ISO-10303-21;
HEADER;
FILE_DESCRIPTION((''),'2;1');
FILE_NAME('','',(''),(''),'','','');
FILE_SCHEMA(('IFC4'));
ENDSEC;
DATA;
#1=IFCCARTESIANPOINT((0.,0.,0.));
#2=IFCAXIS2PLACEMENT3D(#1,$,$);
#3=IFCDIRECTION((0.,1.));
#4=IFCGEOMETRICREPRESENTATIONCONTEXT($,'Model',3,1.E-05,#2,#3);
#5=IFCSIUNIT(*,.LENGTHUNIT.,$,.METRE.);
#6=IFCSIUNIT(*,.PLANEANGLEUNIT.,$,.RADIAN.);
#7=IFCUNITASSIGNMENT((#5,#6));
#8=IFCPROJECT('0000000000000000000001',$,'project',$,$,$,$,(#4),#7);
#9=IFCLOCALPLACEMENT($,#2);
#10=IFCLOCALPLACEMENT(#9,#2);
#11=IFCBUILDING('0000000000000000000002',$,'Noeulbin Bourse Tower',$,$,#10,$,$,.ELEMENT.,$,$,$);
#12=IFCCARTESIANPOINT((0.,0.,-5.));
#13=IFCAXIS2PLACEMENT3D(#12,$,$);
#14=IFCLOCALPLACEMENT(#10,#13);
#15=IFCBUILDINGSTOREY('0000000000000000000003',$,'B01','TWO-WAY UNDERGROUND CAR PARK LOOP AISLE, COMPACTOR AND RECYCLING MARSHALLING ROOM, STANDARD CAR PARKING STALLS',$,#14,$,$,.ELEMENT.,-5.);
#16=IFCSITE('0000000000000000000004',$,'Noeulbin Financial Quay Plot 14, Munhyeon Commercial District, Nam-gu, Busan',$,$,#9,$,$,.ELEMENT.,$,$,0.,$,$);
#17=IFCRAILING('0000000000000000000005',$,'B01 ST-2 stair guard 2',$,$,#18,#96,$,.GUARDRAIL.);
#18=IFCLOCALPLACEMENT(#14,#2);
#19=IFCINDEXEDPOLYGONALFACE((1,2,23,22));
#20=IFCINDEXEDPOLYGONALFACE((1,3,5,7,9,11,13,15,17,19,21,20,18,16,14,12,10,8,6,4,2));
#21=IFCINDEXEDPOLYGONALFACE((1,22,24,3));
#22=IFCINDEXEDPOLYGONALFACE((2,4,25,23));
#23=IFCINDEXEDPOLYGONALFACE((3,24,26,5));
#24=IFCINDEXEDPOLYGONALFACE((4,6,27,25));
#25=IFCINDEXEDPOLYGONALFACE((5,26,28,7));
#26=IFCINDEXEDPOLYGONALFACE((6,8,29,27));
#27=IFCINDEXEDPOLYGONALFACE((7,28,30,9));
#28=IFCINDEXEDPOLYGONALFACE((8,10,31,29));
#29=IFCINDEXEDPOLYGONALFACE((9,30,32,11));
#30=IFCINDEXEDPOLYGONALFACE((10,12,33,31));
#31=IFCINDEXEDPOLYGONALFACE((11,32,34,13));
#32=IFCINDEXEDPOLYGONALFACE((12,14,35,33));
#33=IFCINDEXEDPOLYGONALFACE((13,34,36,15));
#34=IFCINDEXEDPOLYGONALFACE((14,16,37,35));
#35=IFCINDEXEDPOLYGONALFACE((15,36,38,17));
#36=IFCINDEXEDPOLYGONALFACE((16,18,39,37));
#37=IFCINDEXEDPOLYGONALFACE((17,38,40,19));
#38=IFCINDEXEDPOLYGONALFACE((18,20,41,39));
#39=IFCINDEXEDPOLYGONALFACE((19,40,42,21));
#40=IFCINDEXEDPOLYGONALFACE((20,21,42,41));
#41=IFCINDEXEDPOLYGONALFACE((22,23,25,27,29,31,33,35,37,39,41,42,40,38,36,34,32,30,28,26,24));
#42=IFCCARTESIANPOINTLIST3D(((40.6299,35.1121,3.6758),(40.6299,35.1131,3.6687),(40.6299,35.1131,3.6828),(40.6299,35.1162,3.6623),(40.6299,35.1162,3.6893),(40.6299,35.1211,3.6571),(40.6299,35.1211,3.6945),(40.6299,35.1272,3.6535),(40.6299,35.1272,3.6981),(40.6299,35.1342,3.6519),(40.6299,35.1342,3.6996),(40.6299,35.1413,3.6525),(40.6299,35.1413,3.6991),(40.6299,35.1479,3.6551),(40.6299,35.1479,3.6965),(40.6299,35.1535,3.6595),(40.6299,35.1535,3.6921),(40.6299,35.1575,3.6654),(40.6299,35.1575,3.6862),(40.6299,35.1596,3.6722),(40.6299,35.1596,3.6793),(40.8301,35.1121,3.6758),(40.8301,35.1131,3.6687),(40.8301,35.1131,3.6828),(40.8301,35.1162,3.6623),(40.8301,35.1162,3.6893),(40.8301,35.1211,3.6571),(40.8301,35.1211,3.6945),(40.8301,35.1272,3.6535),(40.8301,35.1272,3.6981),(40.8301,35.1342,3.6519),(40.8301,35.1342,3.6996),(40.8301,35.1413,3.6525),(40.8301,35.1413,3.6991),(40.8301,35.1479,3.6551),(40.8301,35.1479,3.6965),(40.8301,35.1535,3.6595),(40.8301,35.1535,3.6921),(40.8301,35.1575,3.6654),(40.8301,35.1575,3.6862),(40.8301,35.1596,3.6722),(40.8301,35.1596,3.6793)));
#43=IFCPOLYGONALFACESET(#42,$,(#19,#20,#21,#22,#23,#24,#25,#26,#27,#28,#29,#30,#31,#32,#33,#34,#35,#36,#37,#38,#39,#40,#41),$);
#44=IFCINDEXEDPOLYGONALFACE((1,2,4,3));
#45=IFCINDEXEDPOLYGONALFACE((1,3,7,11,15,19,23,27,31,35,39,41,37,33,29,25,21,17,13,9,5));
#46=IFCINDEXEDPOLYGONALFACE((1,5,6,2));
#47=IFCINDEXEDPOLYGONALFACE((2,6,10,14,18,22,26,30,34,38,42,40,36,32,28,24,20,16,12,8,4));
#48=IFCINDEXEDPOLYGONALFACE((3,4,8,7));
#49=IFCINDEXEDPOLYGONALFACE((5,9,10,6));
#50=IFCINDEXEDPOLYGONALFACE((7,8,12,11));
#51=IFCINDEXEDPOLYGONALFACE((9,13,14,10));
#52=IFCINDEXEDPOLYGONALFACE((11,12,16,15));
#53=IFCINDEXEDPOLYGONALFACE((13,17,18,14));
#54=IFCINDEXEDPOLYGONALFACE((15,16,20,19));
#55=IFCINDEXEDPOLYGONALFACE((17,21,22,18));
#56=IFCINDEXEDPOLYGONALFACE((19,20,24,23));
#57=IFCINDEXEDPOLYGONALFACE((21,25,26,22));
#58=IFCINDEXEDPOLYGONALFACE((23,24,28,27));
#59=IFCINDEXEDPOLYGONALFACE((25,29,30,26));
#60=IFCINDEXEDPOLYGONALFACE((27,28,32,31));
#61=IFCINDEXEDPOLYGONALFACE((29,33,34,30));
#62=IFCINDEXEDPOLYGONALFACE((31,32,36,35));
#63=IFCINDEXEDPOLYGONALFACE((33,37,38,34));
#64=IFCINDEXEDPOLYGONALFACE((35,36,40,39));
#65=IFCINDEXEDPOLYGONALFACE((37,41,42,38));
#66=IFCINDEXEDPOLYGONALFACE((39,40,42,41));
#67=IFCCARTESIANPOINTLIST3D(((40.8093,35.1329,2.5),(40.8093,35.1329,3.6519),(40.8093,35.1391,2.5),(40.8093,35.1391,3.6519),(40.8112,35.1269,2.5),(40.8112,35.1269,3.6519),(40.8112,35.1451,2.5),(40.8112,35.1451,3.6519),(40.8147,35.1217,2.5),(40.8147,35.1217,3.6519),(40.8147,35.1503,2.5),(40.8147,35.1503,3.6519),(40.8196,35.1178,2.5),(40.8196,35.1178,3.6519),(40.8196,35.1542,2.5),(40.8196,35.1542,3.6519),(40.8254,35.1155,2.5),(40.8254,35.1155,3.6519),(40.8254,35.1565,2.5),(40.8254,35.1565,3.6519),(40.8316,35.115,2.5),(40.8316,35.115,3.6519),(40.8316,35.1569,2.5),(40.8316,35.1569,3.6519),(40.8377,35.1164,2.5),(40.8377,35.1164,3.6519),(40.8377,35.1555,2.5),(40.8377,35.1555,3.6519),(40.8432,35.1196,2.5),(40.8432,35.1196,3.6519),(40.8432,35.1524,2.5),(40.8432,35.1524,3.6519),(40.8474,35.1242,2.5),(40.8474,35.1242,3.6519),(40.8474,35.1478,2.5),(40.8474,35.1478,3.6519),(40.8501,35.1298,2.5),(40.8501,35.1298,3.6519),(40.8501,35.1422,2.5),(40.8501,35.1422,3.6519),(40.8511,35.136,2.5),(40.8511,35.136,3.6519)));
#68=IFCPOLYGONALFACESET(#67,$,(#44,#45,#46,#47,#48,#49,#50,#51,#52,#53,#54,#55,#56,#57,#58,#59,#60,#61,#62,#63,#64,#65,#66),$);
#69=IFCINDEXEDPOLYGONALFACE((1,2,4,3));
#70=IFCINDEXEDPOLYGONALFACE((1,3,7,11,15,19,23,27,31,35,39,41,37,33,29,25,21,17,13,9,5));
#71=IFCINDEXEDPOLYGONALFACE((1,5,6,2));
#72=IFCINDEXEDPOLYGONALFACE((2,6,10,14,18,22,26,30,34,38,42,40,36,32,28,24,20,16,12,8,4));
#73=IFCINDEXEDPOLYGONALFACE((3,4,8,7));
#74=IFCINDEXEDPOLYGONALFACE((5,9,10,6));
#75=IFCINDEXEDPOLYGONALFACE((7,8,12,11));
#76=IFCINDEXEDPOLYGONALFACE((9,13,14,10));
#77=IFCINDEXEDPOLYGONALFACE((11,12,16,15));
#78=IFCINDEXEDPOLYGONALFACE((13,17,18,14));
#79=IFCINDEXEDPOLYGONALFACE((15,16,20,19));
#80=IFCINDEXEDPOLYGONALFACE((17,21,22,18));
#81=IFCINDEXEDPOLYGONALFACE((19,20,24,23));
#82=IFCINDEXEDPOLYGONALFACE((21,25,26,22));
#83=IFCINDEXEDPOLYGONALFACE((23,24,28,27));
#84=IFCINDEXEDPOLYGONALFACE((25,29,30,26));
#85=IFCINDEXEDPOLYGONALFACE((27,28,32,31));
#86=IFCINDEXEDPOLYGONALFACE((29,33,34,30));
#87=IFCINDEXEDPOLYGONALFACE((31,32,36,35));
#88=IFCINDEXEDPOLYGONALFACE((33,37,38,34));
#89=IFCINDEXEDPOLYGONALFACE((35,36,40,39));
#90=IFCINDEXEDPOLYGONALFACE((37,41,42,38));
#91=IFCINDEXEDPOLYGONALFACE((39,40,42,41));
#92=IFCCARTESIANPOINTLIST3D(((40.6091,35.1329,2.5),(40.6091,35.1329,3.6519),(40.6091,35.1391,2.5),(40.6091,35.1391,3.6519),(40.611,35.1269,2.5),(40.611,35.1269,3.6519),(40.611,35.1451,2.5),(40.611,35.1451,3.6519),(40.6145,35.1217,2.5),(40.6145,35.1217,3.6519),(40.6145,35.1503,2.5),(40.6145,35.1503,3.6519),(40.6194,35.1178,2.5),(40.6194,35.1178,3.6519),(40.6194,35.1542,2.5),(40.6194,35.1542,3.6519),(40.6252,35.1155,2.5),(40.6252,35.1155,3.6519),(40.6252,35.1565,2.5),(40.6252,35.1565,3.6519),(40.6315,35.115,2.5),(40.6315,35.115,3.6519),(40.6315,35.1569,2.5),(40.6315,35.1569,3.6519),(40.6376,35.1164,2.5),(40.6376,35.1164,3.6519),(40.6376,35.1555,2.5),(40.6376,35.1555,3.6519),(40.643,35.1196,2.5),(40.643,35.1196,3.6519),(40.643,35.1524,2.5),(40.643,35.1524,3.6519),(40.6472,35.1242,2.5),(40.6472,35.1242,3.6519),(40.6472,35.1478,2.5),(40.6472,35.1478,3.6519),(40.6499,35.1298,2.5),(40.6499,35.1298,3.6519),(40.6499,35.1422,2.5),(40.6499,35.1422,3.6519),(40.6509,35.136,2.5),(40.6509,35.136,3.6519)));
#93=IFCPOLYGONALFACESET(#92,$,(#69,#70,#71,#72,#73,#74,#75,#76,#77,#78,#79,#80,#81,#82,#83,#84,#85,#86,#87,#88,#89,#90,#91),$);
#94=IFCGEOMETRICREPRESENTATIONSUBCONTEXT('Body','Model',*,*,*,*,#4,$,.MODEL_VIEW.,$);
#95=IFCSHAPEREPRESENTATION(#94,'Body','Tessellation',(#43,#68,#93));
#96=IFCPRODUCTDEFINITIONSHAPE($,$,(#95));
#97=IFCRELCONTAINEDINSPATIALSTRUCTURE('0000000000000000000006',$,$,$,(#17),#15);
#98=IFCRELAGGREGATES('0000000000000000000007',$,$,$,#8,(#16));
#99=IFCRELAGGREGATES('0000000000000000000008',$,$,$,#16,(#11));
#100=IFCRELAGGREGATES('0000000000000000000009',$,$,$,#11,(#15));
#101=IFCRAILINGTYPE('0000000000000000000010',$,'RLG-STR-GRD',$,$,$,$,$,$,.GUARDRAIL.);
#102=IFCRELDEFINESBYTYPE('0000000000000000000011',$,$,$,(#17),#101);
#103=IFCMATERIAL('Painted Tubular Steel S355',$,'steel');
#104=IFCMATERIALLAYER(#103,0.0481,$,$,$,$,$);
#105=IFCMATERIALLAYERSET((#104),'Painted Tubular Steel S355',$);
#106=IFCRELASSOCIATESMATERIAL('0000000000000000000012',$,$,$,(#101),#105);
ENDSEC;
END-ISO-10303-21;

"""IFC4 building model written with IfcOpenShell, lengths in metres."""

from ifc_helpers import new_model, si_unit, direction, frame, origin, origin_2d, place, context, subcontext, project, spatial, circle, extrude, material, layer, layer_set, type_object, element, save


model = new_model("IFC4")

# Units and contexts
model_context = context("Model", 3, precision=1e-05, world=origin(), true_north=direction((0.0, 1.0)))
body_context = subcontext(model_context, "Body", "Model", "MODEL_VIEW")
ifc_project = project(units=[si_unit("LENGTHUNIT", "METRE"), si_unit("PLANEANGLEUNIT", "RADIAN")], contexts=[model_context])

# Site, building, storey
site_placement = place(None, origin())
site = spatial("IfcSite", under=ifc_project, at=site_placement, Name="Noeulbin Financial Quay Plot 14, Munhyeon Commercial District, Nam-gu, Busan", CompositionType="ELEMENT", RefElevation=0.0)
building_placement = place(site_placement, origin())
building = spatial("IfcBuilding", under=site, at=building_placement, Name="Noeulbin Bourse Tower", CompositionType="ELEMENT")
storey_placement = place(building_placement, frame((0.0, 0.0, -5.0)))
storey = spatial("IfcBuildingStorey", under=building, at=storey_placement, Name="B01", Description="TWO-WAY UNDERGROUND CAR PARK LOOP AISLE, COMPACTOR AND RECYCLING MARSHALLING ROOM, STANDARD CAR PARKING STALLS", CompositionType="ELEMENT", Elevation=-5.0)

# Railing
ifc_material_1 = material(Name="Painted Tubular Steel S355", Category="steel")
ifc_layer_1 = layer(ifc_material_1, 0.0481)
ifc_layer_set_1 = layer_set([ifc_layer_1], Name="Painted Tubular Steel S355")
railing_type_1 = type_object("IfcRailingType", Name="RLG-STR-GRD", PredefinedType="GUARDRAIL", material=ifc_layer_set_1)
railing_1_placement = place(storey_placement, frame((40.8301, 35.136, 2.5)))
element("IfcRailing", 1, at=railing_1_placement, inside=storey, type_object=railing_type_1, Name="B01 ST-2 stair guard 2", PredefinedType="GUARDRAIL", context=body_context, shape_type="SweptSolid", body=[
    extrude(circle(Radius=0.0239, at=origin_2d()), frame((0.0, 0.0, 1.1758), z_axis=(-1.0, 0.0, 0.0), x_axis=(0.0, -1.0, 0.0)), (0.0, 0.0, 1.0), 0.2002),
    extrude(circle(Radius=0.021, at=origin_2d()), origin(), (0.0, 0.0, 1.0), 1.1519),
    extrude(circle(Radius=0.021, at=origin_2d()), frame((-0.2002, 0.0, 0.0)), (0.0, 0.0, 1.0), 1.1519),
])

save(model, "model.ifc")
